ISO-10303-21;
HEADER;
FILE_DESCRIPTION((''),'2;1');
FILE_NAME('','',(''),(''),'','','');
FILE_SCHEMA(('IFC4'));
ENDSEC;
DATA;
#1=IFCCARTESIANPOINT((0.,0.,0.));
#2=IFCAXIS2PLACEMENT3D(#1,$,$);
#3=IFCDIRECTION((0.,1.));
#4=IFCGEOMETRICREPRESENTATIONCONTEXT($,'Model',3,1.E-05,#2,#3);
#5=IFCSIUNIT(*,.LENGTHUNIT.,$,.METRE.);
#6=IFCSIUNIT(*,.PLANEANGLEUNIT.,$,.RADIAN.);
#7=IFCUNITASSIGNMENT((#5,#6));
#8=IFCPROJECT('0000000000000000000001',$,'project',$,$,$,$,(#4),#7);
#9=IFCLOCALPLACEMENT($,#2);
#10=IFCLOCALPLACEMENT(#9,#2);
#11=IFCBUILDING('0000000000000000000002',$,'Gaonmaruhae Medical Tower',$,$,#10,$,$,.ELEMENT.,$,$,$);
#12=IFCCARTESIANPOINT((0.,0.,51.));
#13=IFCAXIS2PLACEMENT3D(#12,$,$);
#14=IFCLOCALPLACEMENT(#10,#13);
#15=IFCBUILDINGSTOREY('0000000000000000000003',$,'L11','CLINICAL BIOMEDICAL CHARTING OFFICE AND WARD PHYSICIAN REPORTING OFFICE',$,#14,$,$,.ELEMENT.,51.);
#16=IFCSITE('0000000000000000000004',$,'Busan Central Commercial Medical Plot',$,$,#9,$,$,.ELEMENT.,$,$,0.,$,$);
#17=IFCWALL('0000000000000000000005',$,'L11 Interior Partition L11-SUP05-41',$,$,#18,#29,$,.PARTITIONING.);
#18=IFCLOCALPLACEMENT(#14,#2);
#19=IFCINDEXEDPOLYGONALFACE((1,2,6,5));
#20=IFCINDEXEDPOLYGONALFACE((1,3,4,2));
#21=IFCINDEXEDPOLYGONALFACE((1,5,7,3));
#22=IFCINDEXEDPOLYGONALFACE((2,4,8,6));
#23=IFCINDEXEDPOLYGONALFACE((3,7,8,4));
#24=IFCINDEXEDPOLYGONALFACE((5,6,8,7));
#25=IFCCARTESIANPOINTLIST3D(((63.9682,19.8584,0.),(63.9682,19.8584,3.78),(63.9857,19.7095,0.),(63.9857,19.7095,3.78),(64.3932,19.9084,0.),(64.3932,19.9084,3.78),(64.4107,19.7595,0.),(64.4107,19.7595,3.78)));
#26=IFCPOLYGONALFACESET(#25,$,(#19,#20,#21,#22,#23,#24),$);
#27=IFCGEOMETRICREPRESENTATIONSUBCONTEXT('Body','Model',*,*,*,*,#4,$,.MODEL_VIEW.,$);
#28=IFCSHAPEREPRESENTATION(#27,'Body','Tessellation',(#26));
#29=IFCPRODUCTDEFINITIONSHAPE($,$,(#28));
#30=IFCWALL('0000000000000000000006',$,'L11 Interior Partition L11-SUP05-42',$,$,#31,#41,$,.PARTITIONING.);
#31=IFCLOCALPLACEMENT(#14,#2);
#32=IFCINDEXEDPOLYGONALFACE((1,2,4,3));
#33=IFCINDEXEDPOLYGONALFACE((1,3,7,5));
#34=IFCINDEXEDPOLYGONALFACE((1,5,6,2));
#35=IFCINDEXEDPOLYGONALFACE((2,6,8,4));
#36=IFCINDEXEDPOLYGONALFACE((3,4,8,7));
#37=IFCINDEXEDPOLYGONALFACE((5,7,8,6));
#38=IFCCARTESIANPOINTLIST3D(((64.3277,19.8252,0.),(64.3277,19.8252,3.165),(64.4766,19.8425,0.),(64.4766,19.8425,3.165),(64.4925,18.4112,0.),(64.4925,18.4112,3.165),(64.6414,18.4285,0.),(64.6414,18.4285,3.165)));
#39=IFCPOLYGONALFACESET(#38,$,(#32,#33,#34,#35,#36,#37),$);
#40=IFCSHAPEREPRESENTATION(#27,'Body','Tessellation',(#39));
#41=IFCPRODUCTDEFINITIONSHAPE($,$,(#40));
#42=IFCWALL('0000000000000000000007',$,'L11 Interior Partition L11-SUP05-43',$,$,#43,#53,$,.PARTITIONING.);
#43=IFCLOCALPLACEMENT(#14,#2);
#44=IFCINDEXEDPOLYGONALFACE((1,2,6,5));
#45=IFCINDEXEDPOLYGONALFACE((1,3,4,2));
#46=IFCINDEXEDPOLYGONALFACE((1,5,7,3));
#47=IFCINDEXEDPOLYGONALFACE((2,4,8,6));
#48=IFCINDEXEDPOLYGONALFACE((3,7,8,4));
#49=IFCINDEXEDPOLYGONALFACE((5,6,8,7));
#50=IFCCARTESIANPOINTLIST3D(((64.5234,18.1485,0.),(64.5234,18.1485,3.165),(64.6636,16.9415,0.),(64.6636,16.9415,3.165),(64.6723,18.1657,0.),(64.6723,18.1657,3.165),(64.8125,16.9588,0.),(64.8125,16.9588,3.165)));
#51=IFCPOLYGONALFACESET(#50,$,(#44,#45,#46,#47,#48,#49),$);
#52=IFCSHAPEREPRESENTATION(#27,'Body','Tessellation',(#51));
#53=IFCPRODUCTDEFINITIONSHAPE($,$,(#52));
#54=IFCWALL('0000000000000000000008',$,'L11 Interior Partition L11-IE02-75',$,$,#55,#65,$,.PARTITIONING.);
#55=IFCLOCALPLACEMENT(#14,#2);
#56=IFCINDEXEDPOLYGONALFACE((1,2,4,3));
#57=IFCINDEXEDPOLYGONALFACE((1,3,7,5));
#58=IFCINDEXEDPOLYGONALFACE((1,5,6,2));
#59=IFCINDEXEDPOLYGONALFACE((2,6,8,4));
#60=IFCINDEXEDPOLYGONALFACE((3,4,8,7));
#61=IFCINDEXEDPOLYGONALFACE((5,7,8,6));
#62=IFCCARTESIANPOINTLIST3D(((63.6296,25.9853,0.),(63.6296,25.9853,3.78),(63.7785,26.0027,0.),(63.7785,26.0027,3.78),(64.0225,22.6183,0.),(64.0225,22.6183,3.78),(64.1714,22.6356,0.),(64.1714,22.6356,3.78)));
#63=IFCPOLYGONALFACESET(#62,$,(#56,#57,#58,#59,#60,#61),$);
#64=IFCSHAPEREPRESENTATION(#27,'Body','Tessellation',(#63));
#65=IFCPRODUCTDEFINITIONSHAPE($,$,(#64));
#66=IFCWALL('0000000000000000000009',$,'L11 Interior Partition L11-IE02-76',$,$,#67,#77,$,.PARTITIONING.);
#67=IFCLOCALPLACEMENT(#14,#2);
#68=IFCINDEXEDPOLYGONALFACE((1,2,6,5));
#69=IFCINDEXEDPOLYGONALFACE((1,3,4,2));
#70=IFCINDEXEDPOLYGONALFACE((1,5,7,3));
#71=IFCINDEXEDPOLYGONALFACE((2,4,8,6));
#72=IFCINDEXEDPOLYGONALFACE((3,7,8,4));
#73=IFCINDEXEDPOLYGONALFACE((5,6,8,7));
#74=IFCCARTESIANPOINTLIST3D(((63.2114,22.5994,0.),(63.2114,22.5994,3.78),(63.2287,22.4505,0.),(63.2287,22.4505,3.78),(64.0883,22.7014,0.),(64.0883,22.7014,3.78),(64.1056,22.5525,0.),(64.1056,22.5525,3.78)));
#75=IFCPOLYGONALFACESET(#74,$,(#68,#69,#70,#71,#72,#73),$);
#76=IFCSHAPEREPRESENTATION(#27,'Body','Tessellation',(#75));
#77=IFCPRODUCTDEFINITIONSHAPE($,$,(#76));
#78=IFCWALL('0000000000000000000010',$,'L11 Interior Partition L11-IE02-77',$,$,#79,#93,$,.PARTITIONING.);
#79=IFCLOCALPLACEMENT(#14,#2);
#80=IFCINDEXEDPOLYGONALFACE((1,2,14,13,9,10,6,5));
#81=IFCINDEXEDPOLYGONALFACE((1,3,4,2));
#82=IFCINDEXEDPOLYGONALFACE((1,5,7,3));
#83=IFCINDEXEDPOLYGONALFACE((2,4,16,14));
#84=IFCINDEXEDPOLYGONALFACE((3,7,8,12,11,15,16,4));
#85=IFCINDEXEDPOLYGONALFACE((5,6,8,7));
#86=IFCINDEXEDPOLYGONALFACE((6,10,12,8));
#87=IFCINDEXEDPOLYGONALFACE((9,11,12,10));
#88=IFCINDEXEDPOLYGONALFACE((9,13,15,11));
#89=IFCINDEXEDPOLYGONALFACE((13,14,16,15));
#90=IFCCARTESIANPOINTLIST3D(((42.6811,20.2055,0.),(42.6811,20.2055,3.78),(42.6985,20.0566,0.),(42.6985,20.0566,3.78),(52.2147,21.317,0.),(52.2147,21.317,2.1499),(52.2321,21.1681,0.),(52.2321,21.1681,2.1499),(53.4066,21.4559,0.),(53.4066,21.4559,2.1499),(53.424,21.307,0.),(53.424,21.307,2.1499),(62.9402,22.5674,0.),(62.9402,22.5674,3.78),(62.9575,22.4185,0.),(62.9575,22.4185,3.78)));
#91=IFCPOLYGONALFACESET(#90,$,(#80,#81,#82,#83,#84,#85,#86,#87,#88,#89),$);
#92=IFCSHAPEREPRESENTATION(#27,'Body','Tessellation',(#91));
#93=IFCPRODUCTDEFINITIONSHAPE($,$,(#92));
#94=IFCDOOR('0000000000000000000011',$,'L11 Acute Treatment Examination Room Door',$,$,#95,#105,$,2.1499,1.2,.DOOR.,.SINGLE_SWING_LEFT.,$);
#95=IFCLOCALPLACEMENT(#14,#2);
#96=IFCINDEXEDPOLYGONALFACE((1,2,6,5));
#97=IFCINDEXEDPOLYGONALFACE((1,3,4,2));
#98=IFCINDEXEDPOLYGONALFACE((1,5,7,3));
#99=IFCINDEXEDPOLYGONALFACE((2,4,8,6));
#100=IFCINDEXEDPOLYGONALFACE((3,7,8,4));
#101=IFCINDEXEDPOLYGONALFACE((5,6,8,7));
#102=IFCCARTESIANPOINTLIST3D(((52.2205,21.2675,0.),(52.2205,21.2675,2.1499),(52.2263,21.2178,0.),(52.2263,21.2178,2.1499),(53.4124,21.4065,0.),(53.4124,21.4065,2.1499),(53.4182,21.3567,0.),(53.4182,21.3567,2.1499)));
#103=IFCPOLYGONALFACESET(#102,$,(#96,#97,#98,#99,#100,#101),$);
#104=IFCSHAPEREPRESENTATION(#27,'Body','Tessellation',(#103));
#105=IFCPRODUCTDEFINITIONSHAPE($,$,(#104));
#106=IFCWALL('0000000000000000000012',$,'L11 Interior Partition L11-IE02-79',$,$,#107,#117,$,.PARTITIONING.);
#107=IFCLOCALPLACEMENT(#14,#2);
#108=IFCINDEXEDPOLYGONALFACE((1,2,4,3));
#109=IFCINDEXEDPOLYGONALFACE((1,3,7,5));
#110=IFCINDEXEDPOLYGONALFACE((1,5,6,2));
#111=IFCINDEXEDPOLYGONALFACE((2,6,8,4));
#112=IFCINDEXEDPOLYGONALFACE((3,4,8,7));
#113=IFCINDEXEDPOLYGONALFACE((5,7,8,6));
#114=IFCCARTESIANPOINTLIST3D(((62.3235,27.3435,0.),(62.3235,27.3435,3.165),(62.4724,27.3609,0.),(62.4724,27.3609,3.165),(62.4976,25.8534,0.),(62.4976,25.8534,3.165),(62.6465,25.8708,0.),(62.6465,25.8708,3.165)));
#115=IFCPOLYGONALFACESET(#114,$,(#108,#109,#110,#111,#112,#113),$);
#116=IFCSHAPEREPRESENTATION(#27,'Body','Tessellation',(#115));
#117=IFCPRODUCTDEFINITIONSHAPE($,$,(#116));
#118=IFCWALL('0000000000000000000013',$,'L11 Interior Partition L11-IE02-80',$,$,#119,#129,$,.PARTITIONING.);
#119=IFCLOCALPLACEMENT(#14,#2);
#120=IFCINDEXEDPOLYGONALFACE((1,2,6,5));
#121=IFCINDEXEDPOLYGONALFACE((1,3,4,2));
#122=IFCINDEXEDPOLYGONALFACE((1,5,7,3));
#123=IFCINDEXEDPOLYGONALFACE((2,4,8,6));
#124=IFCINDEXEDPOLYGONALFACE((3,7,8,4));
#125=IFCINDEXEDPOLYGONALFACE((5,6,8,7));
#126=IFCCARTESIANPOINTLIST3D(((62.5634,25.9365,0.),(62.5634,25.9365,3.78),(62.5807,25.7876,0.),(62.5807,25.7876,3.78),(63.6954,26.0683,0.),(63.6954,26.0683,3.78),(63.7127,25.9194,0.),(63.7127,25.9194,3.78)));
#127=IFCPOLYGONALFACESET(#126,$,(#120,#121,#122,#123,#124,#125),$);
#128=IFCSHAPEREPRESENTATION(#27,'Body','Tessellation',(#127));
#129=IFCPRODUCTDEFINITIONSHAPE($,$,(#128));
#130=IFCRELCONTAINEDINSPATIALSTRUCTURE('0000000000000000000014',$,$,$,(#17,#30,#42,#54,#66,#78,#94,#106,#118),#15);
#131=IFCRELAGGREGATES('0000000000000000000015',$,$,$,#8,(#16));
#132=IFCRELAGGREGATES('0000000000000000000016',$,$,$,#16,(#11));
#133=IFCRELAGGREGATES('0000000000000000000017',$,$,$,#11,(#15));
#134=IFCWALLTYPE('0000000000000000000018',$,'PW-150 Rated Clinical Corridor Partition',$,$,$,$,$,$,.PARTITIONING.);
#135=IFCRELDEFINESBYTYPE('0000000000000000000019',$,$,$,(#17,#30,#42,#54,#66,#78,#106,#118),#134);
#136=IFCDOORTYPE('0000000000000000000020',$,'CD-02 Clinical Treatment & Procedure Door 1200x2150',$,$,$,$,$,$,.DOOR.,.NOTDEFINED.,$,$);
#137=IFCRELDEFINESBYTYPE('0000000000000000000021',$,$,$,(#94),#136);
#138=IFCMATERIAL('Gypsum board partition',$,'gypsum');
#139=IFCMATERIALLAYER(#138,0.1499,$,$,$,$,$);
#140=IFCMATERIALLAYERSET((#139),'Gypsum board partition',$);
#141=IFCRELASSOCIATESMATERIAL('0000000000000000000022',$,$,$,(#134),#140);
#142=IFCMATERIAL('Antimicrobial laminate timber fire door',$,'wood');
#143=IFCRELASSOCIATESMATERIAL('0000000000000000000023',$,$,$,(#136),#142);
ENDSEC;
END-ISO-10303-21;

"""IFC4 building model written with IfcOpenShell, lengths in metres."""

from ifc_helpers import new_model, si_unit, direction, frame, frame_2d, origin, place, context, subcontext, project, spatial, rectangle, extrude, material, layer, layer_set, type_object, element, fill, save


model = new_model("IFC4")

# Units and contexts
model_context = context("Model", 3, precision=1e-05, world=origin(), true_north=direction((0.0, 1.0)))
body_context = subcontext(model_context, "Body", "Model", "MODEL_VIEW")
ifc_project = project(units=[si_unit("LENGTHUNIT", "METRE"), si_unit("PLANEANGLEUNIT", "RADIAN")], contexts=[model_context])

# Site, building, storey
site_placement = place(None, origin())
site = spatial("IfcSite", under=ifc_project, at=site_placement, Name="Busan Central Commercial Medical Plot", CompositionType="ELEMENT", RefElevation=0.0)
building_placement = place(site_placement, origin())
building = spatial("IfcBuilding", under=site, at=building_placement, Name="Gaonmaruhae Medical Tower", CompositionType="ELEMENT")
storey_placement = place(building_placement, frame((0.0, 0.0, 51.0)))
storey = spatial("IfcBuildingStorey", under=building, at=storey_placement, Name="L11", Description="CLINICAL BIOMEDICAL CHARTING OFFICE AND WARD PHYSICIAN REPORTING OFFICE", CompositionType="ELEMENT", Elevation=51.0)

# Walls
ifc_material_1 = material(Name="Gypsum board partition", Category="gypsum")
ifc_layer_1 = layer(ifc_material_1, 0.1499)
ifc_layer_set_1 = layer_set([ifc_layer_1], Name="Gypsum board partition")
wall_type_1 = type_object("IfcWallType", Name="PW-150 Rated Clinical Corridor Partition", PredefinedType="PARTITIONING", material=ifc_layer_set_1)
wall_1_placement = place(storey_placement, frame((63.9771, 19.7839, 0.0), z_axis=(0.0, 0.0, 1.0), x_axis=(0.993139, 0.116941, 0.0)))
element("IfcWall", 1, at=wall_1_placement, inside=storey, type_object=wall_type_1, Name="L11 Interior Partition L11-SUP05-41", PredefinedType="PARTITIONING", context=body_context, shape_type="SweptSolid", body=[
    extrude(rectangle(XDim=0.428, YDim=0.1499, at=frame_2d((0.2139, 0.0))), origin(), (0.0, 0.0, 1.0), 3.78),
])
wall_2_placement = place(storey_placement, frame((64.4021, 19.834, 0.0), z_axis=(0.0, 0.0, 1.0), x_axis=(0.115757, -0.993278, 0.0)))
element("IfcWall", 2, at=wall_2_placement, inside=storey, type_object=wall_type_1, Name="L11 Interior Partition L11-SUP05-42", PredefinedType="PARTITIONING", context=body_context, shape_type="SweptSolid", body=[
    extrude(rectangle(XDim=1.4236, YDim=0.1499, at=frame_2d((0.7119, 0.0))), origin(), (0.0, 0.0, 1.0), 3.165),
])
wall_3_placement = place(storey_placement, frame((64.5979, 18.157, 0.0), z_axis=(0.0, 0.0, 1.0), x_axis=(0.115326, -0.993328, 0.0)))
element("IfcWall", 3, at=wall_3_placement, inside=storey, type_object=wall_type_1, Name="L11 Interior Partition L11-SUP05-43", PredefinedType="PARTITIONING", context=body_context, shape_type="SweptSolid", body=[
    extrude(rectangle(XDim=1.2151, YDim=0.1499, at=frame_2d((0.6074, 0.0))), origin(), (0.0, 0.0, 1.0), 3.165),
])
wall_4_placement = place(storey_placement, frame((63.7041, 25.9939, 0.0), z_axis=(0.0, 0.0, 1.0), x_axis=(0.115884, -0.993263, 0.0)))
element("IfcWall", 4, at=wall_4_placement, inside=storey, type_object=wall_type_1, Name="L11 Interior Partition L11-IE02-75", PredefinedType="PARTITIONING", context=body_context, shape_type="SweptSolid", body=[
    extrude(rectangle(XDim=3.3899, YDim=0.1499, at=frame_2d((1.6948, 0.0))), origin(), (0.0, 0.0, 1.0), 3.78),
])
wall_5_placement = place(storey_placement, frame((64.0969, 22.627, 0.0), z_axis=(0.0, 0.0, 1.0), x_axis=(-0.993297, -0.11559, 0.0)))
element("IfcWall", 5, at=wall_5_placement, inside=storey, type_object=wall_type_1, Name="L11 Interior Partition L11-IE02-76", PredefinedType="PARTITIONING", context=body_context, shape_type="SweptSolid", body=[
    extrude(rectangle(XDim=0.8828, YDim=0.1499, at=frame_2d((0.4414, 0.0))), origin(), (0.0, 0.0, 1.0), 3.78),
])

# Wall, opening, door
wall_6_placement = place(storey_placement, frame((62.949, 22.4929, 0.0), z_axis=(0.0, 0.0, 1.0), x_axis=(-0.993273, -0.115797, 0.0)))
wall_6 = element("IfcWall", 6, at=wall_6_placement, inside=storey, type_object=wall_type_1, Name="L11 Interior Partition L11-IE02-77", PredefinedType="PARTITIONING", context=body_context, shape_type="SweptSolid", body=[
    extrude(rectangle(XDim=20.3962, YDim=0.1499, at=frame_2d((10.1982, 0.0))), origin(), (0.0, 0.0, 1.0), 3.78),
])
opening_placement = place(wall_6_placement, frame((9.5981, 0.0, 0.0)))
opening = element("IfcOpeningElement", 7, at=opening_placement, cuts=wall_6, PredefinedType="OPENING", context=body_context, shape_type="SweptSolid", body=[
    extrude(rectangle(XDim=1.2, YDim=2.1499, at=frame_2d((0.6001, 1.075))), frame((0.0, 0.085, 0.0), z_axis=(0.0, -1.0, 0.0), x_axis=(1.0, 0.0, 0.0)), (0.0, 0.0, 1.0), 0.1699),
])
ifc_material_2 = material(Name="Antimicrobial laminate timber fire door", Category="wood")
door_type = type_object("IfcDoorType", Name="CD-02 Clinical Treatment & Procedure Door 1200x2150", OperationType="NOTDEFINED", PredefinedType="DOOR", material=ifc_material_2)
door_placement = place(opening_placement, origin())
door = element("IfcDoor", 8, at=door_placement, inside=storey, type_object=door_type, Name="L11 Acute Treatment Examination Room Door", OperationType="SINGLE_SWING_LEFT", OverallHeight=2.1499, OverallWidth=1.2, PredefinedType="DOOR", context=body_context, shape_type="SweptSolid", body=[
    extrude(rectangle(XDim=1.2, YDim=2.1499, at=frame_2d((0.6001, 1.075))), frame((0.0, 0.0249, 0.0), z_axis=(0.0, -1.0, 0.0), x_axis=(1.0, 0.0, 0.0)), (0.0, 0.0, 1.0), 0.05),
])
fill(opening, door)

# Walls
wall_7_placement = place(storey_placement, frame((62.3979, 27.3521, 0.0), z_axis=(0.0, 0.0, 1.0), x_axis=(0.116039, -0.993245, 0.0)))
element("IfcWall", 9, at=wall_7_placement, inside=storey, type_object=wall_type_1, Name="L11 Interior Partition L11-IE02-79", PredefinedType="PARTITIONING", context=body_context, shape_type="SweptSolid", body=[
    extrude(rectangle(XDim=1.5002, YDim=0.1499, at=frame_2d((0.75, 0.0))), origin(), (0.0, 0.0, 1.0), 3.165),
])
wall_8_placement = place(storey_placement, frame((62.572, 25.8621, 0.0), z_axis=(0.0, 0.0, 1.0), x_axis=(0.993287, 0.115673, 0.0)))
element("IfcWall", 10, at=wall_8_placement, inside=storey, type_object=wall_type_1, Name="L11 Interior Partition L11-IE02-80", PredefinedType="PARTITIONING", context=body_context, shape_type="SweptSolid", body=[
    extrude(rectangle(XDim=1.1396, YDim=0.1499, at=frame_2d((0.5698, 0.0))), origin(), (0.0, 0.0, 1.0), 3.78),
])

save(model, "model.ifc")
